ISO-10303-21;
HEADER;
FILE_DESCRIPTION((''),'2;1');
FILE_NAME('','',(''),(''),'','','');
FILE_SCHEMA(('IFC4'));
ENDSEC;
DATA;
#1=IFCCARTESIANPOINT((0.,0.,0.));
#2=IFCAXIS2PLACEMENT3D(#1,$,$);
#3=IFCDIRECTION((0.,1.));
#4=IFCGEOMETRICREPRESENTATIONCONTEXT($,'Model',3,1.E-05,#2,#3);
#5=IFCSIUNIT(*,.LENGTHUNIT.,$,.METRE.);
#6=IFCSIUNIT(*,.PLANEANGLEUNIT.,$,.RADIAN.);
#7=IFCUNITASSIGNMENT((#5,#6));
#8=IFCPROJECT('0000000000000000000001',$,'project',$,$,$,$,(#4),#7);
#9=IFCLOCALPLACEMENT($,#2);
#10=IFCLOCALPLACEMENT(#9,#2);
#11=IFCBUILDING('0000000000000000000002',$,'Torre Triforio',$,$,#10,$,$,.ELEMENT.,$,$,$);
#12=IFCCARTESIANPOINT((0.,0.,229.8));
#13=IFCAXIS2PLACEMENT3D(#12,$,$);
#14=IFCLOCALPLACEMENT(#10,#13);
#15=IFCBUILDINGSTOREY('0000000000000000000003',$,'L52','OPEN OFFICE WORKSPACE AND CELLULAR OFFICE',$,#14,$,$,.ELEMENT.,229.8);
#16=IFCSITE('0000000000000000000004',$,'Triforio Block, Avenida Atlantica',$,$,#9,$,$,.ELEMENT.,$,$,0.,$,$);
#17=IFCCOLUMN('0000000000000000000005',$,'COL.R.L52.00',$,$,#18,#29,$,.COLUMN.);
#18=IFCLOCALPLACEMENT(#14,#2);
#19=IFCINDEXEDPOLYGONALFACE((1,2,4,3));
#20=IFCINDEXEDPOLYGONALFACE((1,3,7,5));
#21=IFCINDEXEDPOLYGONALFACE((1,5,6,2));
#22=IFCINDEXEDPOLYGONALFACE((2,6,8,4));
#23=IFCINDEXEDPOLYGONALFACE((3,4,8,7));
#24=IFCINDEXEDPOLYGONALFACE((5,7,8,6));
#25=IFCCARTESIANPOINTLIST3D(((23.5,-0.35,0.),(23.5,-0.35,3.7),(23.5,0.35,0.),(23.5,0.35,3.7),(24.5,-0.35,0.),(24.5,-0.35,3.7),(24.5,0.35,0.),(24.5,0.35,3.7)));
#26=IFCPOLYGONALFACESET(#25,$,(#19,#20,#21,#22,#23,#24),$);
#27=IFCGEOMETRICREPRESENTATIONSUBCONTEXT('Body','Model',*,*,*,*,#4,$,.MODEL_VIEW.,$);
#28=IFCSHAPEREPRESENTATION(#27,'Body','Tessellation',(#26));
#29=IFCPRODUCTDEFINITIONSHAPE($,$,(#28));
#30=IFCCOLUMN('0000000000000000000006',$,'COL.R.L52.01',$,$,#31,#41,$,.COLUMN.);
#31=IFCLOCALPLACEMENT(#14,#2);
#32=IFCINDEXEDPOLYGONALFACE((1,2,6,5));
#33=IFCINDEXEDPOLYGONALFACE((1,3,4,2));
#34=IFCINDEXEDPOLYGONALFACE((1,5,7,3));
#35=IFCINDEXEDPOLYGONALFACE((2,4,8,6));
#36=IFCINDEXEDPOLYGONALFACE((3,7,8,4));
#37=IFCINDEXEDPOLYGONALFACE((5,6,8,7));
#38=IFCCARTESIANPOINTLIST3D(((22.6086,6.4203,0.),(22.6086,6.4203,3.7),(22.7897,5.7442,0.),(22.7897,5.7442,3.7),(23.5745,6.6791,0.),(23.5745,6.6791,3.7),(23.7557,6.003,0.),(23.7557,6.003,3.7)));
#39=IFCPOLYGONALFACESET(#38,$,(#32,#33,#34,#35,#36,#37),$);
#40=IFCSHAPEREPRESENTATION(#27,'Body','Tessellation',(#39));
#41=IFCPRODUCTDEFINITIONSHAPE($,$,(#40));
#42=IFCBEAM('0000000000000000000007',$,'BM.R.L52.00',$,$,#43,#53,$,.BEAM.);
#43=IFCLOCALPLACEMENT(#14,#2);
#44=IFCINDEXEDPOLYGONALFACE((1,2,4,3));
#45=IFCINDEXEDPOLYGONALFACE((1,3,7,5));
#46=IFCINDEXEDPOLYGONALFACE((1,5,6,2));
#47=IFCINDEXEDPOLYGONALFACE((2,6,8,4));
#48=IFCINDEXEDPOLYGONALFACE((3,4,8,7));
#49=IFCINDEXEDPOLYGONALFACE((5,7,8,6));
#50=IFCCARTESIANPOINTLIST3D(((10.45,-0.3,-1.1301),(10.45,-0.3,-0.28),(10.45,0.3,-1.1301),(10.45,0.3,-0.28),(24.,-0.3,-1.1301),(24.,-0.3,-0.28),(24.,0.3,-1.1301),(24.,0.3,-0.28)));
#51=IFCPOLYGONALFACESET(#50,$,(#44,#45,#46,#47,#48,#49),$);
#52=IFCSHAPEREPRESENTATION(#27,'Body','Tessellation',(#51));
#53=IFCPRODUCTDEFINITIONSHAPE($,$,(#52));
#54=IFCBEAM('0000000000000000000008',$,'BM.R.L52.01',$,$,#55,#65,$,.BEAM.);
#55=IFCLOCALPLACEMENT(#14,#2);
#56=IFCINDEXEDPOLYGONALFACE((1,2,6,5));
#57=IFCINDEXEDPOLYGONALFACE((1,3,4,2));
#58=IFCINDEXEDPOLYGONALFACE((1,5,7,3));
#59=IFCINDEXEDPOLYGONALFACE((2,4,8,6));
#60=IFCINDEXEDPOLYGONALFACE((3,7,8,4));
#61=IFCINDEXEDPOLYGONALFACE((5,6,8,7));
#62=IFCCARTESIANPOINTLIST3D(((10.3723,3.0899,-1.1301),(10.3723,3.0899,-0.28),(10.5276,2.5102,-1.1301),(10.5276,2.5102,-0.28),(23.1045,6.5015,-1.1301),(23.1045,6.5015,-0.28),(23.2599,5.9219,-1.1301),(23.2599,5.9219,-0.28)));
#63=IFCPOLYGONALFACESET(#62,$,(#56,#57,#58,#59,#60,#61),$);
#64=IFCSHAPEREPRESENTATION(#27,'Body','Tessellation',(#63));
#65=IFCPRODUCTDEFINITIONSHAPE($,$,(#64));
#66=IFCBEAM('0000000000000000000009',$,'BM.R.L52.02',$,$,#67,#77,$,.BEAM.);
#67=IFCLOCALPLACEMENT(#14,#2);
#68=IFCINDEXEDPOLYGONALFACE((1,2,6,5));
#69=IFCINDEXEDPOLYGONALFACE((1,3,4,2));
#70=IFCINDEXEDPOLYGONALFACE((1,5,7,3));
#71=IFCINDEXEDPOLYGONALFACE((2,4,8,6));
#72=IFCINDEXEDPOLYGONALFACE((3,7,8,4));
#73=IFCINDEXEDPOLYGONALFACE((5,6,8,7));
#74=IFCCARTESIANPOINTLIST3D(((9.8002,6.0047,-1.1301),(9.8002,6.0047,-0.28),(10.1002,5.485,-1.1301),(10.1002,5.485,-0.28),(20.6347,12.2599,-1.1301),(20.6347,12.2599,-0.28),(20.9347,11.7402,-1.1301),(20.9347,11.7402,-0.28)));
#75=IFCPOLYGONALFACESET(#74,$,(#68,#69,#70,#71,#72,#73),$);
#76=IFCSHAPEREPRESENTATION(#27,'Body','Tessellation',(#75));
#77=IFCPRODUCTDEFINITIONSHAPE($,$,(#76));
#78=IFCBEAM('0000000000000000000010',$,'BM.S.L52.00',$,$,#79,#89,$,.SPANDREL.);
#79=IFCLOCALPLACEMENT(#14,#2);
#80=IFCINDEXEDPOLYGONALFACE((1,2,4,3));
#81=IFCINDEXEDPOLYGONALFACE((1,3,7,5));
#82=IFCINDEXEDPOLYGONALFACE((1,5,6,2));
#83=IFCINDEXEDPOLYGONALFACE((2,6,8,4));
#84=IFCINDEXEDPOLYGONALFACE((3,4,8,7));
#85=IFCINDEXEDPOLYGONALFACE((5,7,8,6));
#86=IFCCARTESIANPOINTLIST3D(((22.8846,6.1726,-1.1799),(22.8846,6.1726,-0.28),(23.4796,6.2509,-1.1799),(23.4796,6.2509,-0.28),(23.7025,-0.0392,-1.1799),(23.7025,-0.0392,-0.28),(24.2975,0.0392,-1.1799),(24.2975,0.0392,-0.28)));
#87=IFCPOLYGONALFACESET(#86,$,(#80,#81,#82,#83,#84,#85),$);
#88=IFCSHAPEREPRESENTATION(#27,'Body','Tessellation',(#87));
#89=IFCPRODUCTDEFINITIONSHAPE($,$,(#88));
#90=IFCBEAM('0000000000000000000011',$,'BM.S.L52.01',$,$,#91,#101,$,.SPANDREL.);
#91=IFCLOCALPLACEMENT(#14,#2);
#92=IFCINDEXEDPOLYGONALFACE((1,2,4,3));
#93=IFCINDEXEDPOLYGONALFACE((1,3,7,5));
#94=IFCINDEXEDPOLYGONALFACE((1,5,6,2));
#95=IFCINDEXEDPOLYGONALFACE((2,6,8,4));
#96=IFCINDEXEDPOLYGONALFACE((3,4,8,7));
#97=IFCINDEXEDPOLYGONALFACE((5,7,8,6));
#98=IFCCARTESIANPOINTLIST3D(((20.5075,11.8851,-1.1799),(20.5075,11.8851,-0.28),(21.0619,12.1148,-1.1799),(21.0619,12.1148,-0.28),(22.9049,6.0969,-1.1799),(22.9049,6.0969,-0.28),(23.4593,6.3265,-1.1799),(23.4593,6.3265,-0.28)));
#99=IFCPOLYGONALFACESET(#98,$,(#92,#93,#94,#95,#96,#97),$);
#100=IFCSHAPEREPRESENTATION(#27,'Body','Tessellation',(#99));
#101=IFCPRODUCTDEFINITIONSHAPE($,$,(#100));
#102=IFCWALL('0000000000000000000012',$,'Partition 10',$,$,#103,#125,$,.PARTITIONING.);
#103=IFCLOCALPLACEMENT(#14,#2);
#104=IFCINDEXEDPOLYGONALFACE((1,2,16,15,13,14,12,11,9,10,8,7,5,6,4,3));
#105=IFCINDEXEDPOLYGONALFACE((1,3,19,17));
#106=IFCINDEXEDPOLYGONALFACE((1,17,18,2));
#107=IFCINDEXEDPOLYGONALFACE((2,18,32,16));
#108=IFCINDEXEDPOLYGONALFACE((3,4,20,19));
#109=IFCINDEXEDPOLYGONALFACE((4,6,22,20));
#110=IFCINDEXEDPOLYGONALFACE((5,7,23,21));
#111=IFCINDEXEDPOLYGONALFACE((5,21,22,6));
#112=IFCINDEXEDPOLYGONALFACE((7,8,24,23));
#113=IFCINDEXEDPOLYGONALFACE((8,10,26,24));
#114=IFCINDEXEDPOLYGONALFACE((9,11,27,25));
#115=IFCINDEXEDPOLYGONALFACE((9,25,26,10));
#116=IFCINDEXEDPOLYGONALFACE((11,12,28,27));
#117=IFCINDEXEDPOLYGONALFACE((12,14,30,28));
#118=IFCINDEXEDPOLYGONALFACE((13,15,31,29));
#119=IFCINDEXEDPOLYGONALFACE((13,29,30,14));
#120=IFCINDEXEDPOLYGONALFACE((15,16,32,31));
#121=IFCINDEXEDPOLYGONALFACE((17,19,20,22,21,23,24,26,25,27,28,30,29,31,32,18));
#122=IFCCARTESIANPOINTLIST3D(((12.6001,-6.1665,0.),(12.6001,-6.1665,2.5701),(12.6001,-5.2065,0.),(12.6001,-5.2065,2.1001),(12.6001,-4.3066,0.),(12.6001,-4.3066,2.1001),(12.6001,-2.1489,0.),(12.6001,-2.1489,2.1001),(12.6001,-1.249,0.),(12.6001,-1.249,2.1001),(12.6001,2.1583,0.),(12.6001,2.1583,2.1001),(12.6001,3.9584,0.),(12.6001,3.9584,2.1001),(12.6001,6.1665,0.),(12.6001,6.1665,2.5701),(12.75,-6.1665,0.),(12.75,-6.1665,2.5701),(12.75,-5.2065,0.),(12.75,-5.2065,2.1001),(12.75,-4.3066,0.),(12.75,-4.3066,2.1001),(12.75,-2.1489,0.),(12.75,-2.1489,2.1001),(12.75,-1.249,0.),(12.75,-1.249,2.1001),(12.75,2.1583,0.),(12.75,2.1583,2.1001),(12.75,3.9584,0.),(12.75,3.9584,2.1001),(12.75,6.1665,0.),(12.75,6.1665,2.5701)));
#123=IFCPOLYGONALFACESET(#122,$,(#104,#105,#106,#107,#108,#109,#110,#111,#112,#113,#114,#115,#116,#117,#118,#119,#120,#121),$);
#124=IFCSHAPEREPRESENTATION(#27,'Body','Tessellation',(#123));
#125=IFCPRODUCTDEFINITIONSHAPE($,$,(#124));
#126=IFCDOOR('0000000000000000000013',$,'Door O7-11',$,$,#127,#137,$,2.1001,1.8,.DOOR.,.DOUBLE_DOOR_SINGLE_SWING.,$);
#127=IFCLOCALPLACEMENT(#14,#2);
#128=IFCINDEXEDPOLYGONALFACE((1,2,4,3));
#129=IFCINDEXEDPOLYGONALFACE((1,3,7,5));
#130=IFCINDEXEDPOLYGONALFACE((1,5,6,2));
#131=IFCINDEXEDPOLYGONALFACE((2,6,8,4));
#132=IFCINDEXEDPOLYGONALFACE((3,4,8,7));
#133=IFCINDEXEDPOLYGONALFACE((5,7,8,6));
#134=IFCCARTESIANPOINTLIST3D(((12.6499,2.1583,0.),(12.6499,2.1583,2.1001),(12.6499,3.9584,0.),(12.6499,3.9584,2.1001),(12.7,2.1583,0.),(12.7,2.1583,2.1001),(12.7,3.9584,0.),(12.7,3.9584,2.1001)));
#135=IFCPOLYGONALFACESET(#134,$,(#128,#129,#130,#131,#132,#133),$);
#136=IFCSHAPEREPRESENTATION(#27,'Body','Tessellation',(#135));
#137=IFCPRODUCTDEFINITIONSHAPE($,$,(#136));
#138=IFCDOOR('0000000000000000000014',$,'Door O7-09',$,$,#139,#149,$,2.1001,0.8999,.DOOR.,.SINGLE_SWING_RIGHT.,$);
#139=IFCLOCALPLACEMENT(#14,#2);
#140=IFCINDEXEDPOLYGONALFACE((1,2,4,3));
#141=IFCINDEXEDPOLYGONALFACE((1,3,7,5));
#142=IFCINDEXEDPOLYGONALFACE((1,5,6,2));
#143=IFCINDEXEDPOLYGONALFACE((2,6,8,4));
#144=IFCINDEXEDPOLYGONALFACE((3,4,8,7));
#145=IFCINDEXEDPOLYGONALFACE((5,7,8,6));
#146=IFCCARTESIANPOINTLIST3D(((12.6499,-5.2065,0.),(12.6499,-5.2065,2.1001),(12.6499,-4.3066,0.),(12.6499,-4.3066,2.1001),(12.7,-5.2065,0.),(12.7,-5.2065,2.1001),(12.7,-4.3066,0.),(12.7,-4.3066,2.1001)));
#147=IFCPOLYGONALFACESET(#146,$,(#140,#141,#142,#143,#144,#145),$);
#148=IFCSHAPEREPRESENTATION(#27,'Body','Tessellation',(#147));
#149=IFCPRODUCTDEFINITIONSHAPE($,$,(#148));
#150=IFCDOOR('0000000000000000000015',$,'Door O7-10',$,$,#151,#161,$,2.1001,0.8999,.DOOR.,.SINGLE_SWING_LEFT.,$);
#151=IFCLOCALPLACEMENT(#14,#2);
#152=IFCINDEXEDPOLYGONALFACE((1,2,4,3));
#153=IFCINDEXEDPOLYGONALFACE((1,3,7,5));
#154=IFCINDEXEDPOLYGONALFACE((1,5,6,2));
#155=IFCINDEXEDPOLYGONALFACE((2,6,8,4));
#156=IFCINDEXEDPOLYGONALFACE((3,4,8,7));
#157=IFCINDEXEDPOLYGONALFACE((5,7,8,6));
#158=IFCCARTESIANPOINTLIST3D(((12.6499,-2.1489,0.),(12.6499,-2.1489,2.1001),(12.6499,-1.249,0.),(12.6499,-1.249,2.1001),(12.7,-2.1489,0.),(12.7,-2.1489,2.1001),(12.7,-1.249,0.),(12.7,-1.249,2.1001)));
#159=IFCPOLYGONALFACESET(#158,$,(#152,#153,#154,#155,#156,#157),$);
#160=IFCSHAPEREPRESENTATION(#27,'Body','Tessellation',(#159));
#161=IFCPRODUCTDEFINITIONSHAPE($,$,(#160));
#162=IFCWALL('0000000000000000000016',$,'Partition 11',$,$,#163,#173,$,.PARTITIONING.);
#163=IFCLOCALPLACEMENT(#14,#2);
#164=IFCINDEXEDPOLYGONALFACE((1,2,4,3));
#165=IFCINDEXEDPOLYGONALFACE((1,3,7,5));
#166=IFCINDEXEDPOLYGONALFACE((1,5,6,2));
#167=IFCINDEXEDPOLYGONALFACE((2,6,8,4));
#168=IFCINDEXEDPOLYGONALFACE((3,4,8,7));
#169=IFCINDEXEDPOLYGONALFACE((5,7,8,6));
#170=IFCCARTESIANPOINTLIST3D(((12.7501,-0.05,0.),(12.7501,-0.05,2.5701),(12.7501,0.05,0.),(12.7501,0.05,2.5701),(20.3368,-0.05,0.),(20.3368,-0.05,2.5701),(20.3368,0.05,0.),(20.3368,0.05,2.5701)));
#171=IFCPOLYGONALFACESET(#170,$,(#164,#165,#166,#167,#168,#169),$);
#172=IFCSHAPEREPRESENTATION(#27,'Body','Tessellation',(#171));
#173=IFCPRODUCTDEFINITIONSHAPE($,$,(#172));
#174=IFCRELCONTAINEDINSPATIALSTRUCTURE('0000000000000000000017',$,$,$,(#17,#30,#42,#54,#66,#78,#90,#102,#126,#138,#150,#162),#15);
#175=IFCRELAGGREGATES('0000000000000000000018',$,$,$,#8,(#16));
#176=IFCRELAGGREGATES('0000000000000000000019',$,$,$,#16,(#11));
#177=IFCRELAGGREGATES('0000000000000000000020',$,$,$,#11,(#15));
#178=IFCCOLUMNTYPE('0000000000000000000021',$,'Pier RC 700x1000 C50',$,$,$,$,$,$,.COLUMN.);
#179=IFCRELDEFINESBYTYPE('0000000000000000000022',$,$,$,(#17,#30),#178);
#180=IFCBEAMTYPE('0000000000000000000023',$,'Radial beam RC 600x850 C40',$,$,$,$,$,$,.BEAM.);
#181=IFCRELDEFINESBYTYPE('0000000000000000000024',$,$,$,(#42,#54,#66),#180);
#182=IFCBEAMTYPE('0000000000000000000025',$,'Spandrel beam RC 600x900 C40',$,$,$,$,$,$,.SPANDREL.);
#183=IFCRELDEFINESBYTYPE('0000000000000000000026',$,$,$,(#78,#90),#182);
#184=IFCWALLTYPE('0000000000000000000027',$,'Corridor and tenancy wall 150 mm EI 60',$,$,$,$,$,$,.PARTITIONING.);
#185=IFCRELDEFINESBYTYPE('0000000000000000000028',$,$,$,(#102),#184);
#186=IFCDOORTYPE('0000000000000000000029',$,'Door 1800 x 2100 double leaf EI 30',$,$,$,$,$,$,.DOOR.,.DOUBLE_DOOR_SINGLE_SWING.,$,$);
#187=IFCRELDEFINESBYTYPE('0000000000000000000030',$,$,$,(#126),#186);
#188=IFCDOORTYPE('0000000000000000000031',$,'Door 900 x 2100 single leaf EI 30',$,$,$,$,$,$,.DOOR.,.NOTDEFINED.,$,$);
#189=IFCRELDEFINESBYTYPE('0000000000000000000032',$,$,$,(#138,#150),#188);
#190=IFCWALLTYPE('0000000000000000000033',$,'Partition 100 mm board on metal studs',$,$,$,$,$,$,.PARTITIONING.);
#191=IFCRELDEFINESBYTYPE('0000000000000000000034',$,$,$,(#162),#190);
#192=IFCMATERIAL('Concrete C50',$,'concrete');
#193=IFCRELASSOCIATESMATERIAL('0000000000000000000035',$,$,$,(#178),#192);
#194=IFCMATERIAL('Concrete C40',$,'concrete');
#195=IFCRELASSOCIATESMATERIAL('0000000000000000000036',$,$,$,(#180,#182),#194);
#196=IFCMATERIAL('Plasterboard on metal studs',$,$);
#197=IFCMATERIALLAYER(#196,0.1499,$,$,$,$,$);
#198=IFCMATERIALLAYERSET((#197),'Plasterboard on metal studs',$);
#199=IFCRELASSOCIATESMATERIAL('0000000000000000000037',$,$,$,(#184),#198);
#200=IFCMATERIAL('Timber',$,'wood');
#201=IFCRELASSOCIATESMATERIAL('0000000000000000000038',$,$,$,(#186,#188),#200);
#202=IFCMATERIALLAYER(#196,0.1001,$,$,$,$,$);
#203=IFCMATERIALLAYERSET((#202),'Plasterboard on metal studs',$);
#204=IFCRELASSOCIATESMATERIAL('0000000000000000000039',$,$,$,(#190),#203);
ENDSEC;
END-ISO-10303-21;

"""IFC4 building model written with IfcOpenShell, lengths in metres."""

from ifc_helpers import new_model, si_unit, direction, frame, frame_2d, origin, origin_2d, place, context, subcontext, project, spatial, rectangle, extrude, material, layer, layer_set, material_profile, profile_set, type_object, element, fill, save


model = new_model("IFC4")

# Units and contexts
model_context = context("Model", 3, precision=1e-05, world=origin(), true_north=direction((0.0, 1.0)))
body_context = subcontext(model_context, "Body", "Model", "MODEL_VIEW")
ifc_project = project(units=[si_unit("LENGTHUNIT", "METRE"), si_unit("PLANEANGLEUNIT", "RADIAN")], contexts=[model_context])

# Site, building, storey
site_placement = place(None, origin())
site = spatial("IfcSite", under=ifc_project, at=site_placement, Name="Triforio Block, Avenida Atlantica", CompositionType="ELEMENT", RefElevation=0.0)
building_placement = place(site_placement, origin())
building = spatial("IfcBuilding", under=site, at=building_placement, Name="Torre Triforio", CompositionType="ELEMENT")
storey_placement = place(building_placement, frame((0.0, 0.0, 229.8)))
storey = spatial("IfcBuildingStorey", under=building, at=storey_placement, Name="L52", Description="OPEN OFFICE WORKSPACE AND CELLULAR OFFICE", CompositionType="ELEMENT", Elevation=229.8)

# Columns
ifc_material_1 = material(Name="Concrete C50", Category="concrete")
ifc_material_profile_1 = material_profile(ifc_material_1, rectangle(XDim=0.7, YDim=1.0, at=origin_2d()), Name="RC 700x1000")
ifc_profile_set_1 = profile_set([ifc_material_profile_1], Name="Concrete C50")
column_type = type_object("IfcColumnType", Name="Pier RC 700x1000 C50", PredefinedType="COLUMN", material=ifc_profile_set_1)
for number, where, z_axis, x_axis, name in (
    (1, (24.0, 0.0, 0.0), (0.0, 0.0, 1.0), (0.0, 1.0, 0.0), "COL.R.L52.00"),
    (2, (23.1821, 6.2117, 0.0), (0.0, 0.0, 1.0), (-0.258819, 0.965926, 0.0), "COL.R.L52.01"),
):
    element("IfcColumn", number, at=place(storey_placement, frame(where, z_axis=z_axis, x_axis=x_axis)), inside=storey, type_object=column_type, Name=name, PredefinedType="COLUMN", context=body_context, shape_type="SweptSolid", body=[
        extrude(rectangle(XDim=0.7, YDim=1.0, at=origin_2d()), origin(), (0.0, 0.0, 1.0), 3.7),
    ])

# Beams
ifc_material_2 = material(Name="Concrete C40", Category="concrete")
ifc_material_profile_2 = material_profile(ifc_material_2, rectangle(XDim=0.6001, YDim=0.8501, at=origin_2d()), Name="RC 600x850")
ifc_profile_set_2 = profile_set([ifc_material_profile_2], Name="Concrete C40")
beam_type_1 = type_object("IfcBeamType", Name="Radial beam RC 600x850 C40", PredefinedType="BEAM", material=ifc_profile_set_2)
beam_1_placement = place(storey_placement, frame((10.45, 0.0, -0.7051), z_axis=(1.0, 0.0, 0.0), x_axis=(0.0, 1.0, 0.0)))
element("IfcBeam", 3, at=beam_1_placement, inside=storey, type_object=beam_type_1, Name="BM.R.L52.00", PredefinedType="BEAM", context=body_context, shape_type="SweptSolid", body=[
    extrude(rectangle(XDim=0.6001, YDim=0.8501, at=origin_2d()), origin(), (0.0, 0.0, 1.0), 13.55),
])
beam_2_placement = place(storey_placement, frame((10.45, 2.8, -0.7051), z_axis=(0.965925, 0.258822, 0.0), x_axis=(-0.258822, 0.965925, 0.0)))
element("IfcBeam", 4, at=beam_2_placement, inside=storey, type_object=beam_type_1, Name="BM.R.L52.01", PredefinedType="BEAM", context=body_context, shape_type="SweptSolid", body=[
    extrude(rectangle(XDim=0.6001, YDim=0.8501, at=origin_2d()), origin(), (0.0, 0.0, 1.0), 13.1814),
])
beam_3_placement = place(storey_placement, frame((9.9502, 5.7449, -0.7051), z_axis=(0.866031, 0.49999, 0.0), x_axis=(-0.49999, 0.866031, 0.0)))
element("IfcBeam", 5, at=beam_3_placement, inside=storey, type_object=beam_type_1, Name="BM.R.L52.02", PredefinedType="BEAM", context=body_context, shape_type="SweptSolid", body=[
    extrude(rectangle(XDim=0.6001, YDim=0.8501, at=origin_2d()), origin(), (0.0, 0.0, 1.0), 12.5105),
])
ifc_material_profile_3 = material_profile(ifc_material_2, rectangle(XDim=0.6001, YDim=0.8999, at=origin_2d()), Name="RC 600x900")
ifc_profile_set_3 = profile_set([ifc_material_profile_3], Name="Concrete C40")
beam_type_2 = type_object("IfcBeamType", Name="Spandrel beam RC 600x900 C40", PredefinedType="SPANDREL", material=ifc_profile_set_3)
beam_4_placement = place(storey_placement, frame((24.0, 0.0, -0.73), z_axis=(-0.13054, 0.991443, 0.0), x_axis=(-0.991443, -0.13054, 0.0)))
element("IfcBeam", 6, at=beam_4_placement, inside=storey, type_object=beam_type_2, Name="BM.S.L52.00", PredefinedType="SPANDREL", context=body_context, shape_type="SweptSolid", body=[
    extrude(rectangle(XDim=0.6001, YDim=0.8999, at=origin_2d()), origin(), (0.0, 0.0, 1.0), 6.2654),
])
beam_5_placement = place(storey_placement, frame((23.1821, 6.2117, -0.73), z_axis=(-0.382664, 0.923888, 0.0), x_axis=(-0.923888, -0.382664, 0.0)))
element("IfcBeam", 7, at=beam_5_placement, inside=storey, type_object=beam_type_2, Name="BM.S.L52.01", PredefinedType="SPANDREL", context=body_context, shape_type="SweptSolid", body=[
    extrude(rectangle(XDim=0.6001, YDim=0.8999, at=origin_2d()), origin(), (0.0, 0.0, 1.0), 6.2651),
])

# Wall, openings, doors
ifc_material_3 = material(Name="Plasterboard on metal studs")
ifc_layer_1 = layer(ifc_material_3, 0.1499)
ifc_layer_set_1 = layer_set([ifc_layer_1], Name="Plasterboard on metal studs")
wall_type_1 = type_object("IfcWallType", Name="Corridor and tenancy wall 150 mm EI 60", PredefinedType="PARTITIONING", material=ifc_layer_set_1)
wall_1_placement = place(storey_placement, frame((12.675, 6.1665, 0.0), z_axis=(0.0, 0.0, 1.0), x_axis=(0.0, -1.0, 0.0)))
wall_1 = element("IfcWall", 8, at=wall_1_placement, inside=storey, type_object=wall_type_1, Name="Partition 10", PredefinedType="PARTITIONING", context=body_context, shape_type="SweptSolid", body=[
    extrude(rectangle(XDim=12.333, YDim=0.1499, at=frame_2d((6.1665, 0.0))), origin(), (0.0, 0.0, 1.0), 2.5701),
])
opening_1_placement = place(wall_1_placement, frame((10.4731, 0.0, 0.0)))
opening_1 = element("IfcOpeningElement", 9, at=opening_1_placement, cuts=wall_1, PredefinedType="OPENING", context=body_context, shape_type="SweptSolid", body=[
    extrude(rectangle(XDim=0.8999, YDim=2.1001, at=frame_2d((0.45, 1.05))), frame((0.0, 0.085, 0.0), z_axis=(0.0, -1.0, 0.0), x_axis=(1.0, 0.0, 0.0)), (0.0, 0.0, 1.0), 0.1699),
])
opening_2_placement = place(wall_1_placement, frame((7.4155, 0.0, 0.0)))
opening_2 = element("IfcOpeningElement", 10, at=opening_2_placement, cuts=wall_1, PredefinedType="OPENING", context=body_context, shape_type="SweptSolid", body=[
    extrude(rectangle(XDim=0.8999, YDim=2.1001, at=frame_2d((0.45, 1.05))), frame((0.0, 0.085, 0.0), z_axis=(0.0, -1.0, 0.0), x_axis=(1.0, 0.0, 0.0)), (0.0, 0.0, 1.0), 0.1699),
])
opening_3_placement = place(wall_1_placement, frame((2.2083, 0.0, 0.0)))
opening_3 = element("IfcOpeningElement", 11, at=opening_3_placement, cuts=wall_1, PredefinedType="OPENING", context=body_context, shape_type="SweptSolid", body=[
    extrude(rectangle(XDim=1.8, YDim=2.1001, at=frame_2d((0.8999, 1.05))), frame((0.0, 0.085, 0.0), z_axis=(0.0, -1.0, 0.0), x_axis=(1.0, 0.0, 0.0)), (0.0, 0.0, 1.0), 0.1699),
])
ifc_material_4 = material(Name="Timber", Category="wood")
door_type_1 = type_object("IfcDoorType", Name="Door 1800 x 2100 double leaf EI 30", OperationType="DOUBLE_DOOR_SINGLE_SWING", PredefinedType="DOOR", material=ifc_material_4)
door_1_placement = place(opening_3_placement, origin())
door_1 = element("IfcDoor", 12, at=door_1_placement, inside=storey, type_object=door_type_1, Name="Door O7-11", OperationType="DOUBLE_DOOR_SINGLE_SWING", OverallHeight=2.1001, OverallWidth=1.8, PredefinedType="DOOR", context=body_context, shape_type="SweptSolid", body=[
    extrude(rectangle(XDim=1.8, YDim=2.1001, at=frame_2d((0.8999, 1.05))), frame((0.0, 0.0249, 0.0), z_axis=(0.0, -1.0, 0.0), x_axis=(1.0, 0.0, 0.0)), (0.0, 0.0, 1.0), 0.05),
])
fill(opening_3, door_1)
door_type_2 = type_object("IfcDoorType", Name="Door 900 x 2100 single leaf EI 30", OperationType="NOTDEFINED", PredefinedType="DOOR", material=ifc_material_4)
door_2_placement = place(opening_1_placement, origin())
door_2 = element("IfcDoor", 13, at=door_2_placement, inside=storey, type_object=door_type_2, Name="Door O7-09", OperationType="SINGLE_SWING_RIGHT", OverallHeight=2.1001, OverallWidth=0.8999, PredefinedType="DOOR", context=body_context, shape_type="SweptSolid", body=[
    extrude(rectangle(XDim=0.8999, YDim=2.1001, at=frame_2d((0.45, 1.05))), frame((0.0, 0.0249, 0.0), z_axis=(0.0, -1.0, 0.0), x_axis=(1.0, 0.0, 0.0)), (0.0, 0.0, 1.0), 0.05),
])
fill(opening_1, door_2)
door_3_placement = place(opening_2_placement, origin())
door_3 = element("IfcDoor", 14, at=door_3_placement, inside=storey, type_object=door_type_2, Name="Door O7-10", OperationType="SINGLE_SWING_LEFT", OverallHeight=2.1001, OverallWidth=0.8999, PredefinedType="DOOR", context=body_context, shape_type="SweptSolid", body=[
    extrude(rectangle(XDim=0.8999, YDim=2.1001, at=frame_2d((0.45, 1.05))), frame((0.0, 0.0249, 0.0), z_axis=(0.0, -1.0, 0.0), x_axis=(1.0, 0.0, 0.0)), (0.0, 0.0, 1.0), 0.05),
])
fill(opening_2, door_3)

# Wall
ifc_layer_2 = layer(ifc_material_3, 0.1001)
ifc_layer_set_2 = layer_set([ifc_layer_2], Name="Plasterboard on metal studs")
wall_type_2 = type_object("IfcWallType", Name="Partition 100 mm board on metal studs", PredefinedType="PARTITIONING", material=ifc_layer_set_2)
wall_2_placement = place(storey_placement, frame((12.75, 0.0, 0.0), z_axis=(0.0, 0.0, 1.0), x_axis=(1.0, 0.0, 0.0)))
element("IfcWall", 15, at=wall_2_placement, inside=storey, type_object=wall_type_2, Name="Partition 11", PredefinedType="PARTITIONING", context=body_context, shape_type="SweptSolid", body=[
    extrude(rectangle(XDim=7.5867, YDim=0.1001, at=frame_2d((3.7935, 0.0))), origin(), (0.0, 0.0, 1.0), 2.5701),
])

save(model, "model.ifc")
